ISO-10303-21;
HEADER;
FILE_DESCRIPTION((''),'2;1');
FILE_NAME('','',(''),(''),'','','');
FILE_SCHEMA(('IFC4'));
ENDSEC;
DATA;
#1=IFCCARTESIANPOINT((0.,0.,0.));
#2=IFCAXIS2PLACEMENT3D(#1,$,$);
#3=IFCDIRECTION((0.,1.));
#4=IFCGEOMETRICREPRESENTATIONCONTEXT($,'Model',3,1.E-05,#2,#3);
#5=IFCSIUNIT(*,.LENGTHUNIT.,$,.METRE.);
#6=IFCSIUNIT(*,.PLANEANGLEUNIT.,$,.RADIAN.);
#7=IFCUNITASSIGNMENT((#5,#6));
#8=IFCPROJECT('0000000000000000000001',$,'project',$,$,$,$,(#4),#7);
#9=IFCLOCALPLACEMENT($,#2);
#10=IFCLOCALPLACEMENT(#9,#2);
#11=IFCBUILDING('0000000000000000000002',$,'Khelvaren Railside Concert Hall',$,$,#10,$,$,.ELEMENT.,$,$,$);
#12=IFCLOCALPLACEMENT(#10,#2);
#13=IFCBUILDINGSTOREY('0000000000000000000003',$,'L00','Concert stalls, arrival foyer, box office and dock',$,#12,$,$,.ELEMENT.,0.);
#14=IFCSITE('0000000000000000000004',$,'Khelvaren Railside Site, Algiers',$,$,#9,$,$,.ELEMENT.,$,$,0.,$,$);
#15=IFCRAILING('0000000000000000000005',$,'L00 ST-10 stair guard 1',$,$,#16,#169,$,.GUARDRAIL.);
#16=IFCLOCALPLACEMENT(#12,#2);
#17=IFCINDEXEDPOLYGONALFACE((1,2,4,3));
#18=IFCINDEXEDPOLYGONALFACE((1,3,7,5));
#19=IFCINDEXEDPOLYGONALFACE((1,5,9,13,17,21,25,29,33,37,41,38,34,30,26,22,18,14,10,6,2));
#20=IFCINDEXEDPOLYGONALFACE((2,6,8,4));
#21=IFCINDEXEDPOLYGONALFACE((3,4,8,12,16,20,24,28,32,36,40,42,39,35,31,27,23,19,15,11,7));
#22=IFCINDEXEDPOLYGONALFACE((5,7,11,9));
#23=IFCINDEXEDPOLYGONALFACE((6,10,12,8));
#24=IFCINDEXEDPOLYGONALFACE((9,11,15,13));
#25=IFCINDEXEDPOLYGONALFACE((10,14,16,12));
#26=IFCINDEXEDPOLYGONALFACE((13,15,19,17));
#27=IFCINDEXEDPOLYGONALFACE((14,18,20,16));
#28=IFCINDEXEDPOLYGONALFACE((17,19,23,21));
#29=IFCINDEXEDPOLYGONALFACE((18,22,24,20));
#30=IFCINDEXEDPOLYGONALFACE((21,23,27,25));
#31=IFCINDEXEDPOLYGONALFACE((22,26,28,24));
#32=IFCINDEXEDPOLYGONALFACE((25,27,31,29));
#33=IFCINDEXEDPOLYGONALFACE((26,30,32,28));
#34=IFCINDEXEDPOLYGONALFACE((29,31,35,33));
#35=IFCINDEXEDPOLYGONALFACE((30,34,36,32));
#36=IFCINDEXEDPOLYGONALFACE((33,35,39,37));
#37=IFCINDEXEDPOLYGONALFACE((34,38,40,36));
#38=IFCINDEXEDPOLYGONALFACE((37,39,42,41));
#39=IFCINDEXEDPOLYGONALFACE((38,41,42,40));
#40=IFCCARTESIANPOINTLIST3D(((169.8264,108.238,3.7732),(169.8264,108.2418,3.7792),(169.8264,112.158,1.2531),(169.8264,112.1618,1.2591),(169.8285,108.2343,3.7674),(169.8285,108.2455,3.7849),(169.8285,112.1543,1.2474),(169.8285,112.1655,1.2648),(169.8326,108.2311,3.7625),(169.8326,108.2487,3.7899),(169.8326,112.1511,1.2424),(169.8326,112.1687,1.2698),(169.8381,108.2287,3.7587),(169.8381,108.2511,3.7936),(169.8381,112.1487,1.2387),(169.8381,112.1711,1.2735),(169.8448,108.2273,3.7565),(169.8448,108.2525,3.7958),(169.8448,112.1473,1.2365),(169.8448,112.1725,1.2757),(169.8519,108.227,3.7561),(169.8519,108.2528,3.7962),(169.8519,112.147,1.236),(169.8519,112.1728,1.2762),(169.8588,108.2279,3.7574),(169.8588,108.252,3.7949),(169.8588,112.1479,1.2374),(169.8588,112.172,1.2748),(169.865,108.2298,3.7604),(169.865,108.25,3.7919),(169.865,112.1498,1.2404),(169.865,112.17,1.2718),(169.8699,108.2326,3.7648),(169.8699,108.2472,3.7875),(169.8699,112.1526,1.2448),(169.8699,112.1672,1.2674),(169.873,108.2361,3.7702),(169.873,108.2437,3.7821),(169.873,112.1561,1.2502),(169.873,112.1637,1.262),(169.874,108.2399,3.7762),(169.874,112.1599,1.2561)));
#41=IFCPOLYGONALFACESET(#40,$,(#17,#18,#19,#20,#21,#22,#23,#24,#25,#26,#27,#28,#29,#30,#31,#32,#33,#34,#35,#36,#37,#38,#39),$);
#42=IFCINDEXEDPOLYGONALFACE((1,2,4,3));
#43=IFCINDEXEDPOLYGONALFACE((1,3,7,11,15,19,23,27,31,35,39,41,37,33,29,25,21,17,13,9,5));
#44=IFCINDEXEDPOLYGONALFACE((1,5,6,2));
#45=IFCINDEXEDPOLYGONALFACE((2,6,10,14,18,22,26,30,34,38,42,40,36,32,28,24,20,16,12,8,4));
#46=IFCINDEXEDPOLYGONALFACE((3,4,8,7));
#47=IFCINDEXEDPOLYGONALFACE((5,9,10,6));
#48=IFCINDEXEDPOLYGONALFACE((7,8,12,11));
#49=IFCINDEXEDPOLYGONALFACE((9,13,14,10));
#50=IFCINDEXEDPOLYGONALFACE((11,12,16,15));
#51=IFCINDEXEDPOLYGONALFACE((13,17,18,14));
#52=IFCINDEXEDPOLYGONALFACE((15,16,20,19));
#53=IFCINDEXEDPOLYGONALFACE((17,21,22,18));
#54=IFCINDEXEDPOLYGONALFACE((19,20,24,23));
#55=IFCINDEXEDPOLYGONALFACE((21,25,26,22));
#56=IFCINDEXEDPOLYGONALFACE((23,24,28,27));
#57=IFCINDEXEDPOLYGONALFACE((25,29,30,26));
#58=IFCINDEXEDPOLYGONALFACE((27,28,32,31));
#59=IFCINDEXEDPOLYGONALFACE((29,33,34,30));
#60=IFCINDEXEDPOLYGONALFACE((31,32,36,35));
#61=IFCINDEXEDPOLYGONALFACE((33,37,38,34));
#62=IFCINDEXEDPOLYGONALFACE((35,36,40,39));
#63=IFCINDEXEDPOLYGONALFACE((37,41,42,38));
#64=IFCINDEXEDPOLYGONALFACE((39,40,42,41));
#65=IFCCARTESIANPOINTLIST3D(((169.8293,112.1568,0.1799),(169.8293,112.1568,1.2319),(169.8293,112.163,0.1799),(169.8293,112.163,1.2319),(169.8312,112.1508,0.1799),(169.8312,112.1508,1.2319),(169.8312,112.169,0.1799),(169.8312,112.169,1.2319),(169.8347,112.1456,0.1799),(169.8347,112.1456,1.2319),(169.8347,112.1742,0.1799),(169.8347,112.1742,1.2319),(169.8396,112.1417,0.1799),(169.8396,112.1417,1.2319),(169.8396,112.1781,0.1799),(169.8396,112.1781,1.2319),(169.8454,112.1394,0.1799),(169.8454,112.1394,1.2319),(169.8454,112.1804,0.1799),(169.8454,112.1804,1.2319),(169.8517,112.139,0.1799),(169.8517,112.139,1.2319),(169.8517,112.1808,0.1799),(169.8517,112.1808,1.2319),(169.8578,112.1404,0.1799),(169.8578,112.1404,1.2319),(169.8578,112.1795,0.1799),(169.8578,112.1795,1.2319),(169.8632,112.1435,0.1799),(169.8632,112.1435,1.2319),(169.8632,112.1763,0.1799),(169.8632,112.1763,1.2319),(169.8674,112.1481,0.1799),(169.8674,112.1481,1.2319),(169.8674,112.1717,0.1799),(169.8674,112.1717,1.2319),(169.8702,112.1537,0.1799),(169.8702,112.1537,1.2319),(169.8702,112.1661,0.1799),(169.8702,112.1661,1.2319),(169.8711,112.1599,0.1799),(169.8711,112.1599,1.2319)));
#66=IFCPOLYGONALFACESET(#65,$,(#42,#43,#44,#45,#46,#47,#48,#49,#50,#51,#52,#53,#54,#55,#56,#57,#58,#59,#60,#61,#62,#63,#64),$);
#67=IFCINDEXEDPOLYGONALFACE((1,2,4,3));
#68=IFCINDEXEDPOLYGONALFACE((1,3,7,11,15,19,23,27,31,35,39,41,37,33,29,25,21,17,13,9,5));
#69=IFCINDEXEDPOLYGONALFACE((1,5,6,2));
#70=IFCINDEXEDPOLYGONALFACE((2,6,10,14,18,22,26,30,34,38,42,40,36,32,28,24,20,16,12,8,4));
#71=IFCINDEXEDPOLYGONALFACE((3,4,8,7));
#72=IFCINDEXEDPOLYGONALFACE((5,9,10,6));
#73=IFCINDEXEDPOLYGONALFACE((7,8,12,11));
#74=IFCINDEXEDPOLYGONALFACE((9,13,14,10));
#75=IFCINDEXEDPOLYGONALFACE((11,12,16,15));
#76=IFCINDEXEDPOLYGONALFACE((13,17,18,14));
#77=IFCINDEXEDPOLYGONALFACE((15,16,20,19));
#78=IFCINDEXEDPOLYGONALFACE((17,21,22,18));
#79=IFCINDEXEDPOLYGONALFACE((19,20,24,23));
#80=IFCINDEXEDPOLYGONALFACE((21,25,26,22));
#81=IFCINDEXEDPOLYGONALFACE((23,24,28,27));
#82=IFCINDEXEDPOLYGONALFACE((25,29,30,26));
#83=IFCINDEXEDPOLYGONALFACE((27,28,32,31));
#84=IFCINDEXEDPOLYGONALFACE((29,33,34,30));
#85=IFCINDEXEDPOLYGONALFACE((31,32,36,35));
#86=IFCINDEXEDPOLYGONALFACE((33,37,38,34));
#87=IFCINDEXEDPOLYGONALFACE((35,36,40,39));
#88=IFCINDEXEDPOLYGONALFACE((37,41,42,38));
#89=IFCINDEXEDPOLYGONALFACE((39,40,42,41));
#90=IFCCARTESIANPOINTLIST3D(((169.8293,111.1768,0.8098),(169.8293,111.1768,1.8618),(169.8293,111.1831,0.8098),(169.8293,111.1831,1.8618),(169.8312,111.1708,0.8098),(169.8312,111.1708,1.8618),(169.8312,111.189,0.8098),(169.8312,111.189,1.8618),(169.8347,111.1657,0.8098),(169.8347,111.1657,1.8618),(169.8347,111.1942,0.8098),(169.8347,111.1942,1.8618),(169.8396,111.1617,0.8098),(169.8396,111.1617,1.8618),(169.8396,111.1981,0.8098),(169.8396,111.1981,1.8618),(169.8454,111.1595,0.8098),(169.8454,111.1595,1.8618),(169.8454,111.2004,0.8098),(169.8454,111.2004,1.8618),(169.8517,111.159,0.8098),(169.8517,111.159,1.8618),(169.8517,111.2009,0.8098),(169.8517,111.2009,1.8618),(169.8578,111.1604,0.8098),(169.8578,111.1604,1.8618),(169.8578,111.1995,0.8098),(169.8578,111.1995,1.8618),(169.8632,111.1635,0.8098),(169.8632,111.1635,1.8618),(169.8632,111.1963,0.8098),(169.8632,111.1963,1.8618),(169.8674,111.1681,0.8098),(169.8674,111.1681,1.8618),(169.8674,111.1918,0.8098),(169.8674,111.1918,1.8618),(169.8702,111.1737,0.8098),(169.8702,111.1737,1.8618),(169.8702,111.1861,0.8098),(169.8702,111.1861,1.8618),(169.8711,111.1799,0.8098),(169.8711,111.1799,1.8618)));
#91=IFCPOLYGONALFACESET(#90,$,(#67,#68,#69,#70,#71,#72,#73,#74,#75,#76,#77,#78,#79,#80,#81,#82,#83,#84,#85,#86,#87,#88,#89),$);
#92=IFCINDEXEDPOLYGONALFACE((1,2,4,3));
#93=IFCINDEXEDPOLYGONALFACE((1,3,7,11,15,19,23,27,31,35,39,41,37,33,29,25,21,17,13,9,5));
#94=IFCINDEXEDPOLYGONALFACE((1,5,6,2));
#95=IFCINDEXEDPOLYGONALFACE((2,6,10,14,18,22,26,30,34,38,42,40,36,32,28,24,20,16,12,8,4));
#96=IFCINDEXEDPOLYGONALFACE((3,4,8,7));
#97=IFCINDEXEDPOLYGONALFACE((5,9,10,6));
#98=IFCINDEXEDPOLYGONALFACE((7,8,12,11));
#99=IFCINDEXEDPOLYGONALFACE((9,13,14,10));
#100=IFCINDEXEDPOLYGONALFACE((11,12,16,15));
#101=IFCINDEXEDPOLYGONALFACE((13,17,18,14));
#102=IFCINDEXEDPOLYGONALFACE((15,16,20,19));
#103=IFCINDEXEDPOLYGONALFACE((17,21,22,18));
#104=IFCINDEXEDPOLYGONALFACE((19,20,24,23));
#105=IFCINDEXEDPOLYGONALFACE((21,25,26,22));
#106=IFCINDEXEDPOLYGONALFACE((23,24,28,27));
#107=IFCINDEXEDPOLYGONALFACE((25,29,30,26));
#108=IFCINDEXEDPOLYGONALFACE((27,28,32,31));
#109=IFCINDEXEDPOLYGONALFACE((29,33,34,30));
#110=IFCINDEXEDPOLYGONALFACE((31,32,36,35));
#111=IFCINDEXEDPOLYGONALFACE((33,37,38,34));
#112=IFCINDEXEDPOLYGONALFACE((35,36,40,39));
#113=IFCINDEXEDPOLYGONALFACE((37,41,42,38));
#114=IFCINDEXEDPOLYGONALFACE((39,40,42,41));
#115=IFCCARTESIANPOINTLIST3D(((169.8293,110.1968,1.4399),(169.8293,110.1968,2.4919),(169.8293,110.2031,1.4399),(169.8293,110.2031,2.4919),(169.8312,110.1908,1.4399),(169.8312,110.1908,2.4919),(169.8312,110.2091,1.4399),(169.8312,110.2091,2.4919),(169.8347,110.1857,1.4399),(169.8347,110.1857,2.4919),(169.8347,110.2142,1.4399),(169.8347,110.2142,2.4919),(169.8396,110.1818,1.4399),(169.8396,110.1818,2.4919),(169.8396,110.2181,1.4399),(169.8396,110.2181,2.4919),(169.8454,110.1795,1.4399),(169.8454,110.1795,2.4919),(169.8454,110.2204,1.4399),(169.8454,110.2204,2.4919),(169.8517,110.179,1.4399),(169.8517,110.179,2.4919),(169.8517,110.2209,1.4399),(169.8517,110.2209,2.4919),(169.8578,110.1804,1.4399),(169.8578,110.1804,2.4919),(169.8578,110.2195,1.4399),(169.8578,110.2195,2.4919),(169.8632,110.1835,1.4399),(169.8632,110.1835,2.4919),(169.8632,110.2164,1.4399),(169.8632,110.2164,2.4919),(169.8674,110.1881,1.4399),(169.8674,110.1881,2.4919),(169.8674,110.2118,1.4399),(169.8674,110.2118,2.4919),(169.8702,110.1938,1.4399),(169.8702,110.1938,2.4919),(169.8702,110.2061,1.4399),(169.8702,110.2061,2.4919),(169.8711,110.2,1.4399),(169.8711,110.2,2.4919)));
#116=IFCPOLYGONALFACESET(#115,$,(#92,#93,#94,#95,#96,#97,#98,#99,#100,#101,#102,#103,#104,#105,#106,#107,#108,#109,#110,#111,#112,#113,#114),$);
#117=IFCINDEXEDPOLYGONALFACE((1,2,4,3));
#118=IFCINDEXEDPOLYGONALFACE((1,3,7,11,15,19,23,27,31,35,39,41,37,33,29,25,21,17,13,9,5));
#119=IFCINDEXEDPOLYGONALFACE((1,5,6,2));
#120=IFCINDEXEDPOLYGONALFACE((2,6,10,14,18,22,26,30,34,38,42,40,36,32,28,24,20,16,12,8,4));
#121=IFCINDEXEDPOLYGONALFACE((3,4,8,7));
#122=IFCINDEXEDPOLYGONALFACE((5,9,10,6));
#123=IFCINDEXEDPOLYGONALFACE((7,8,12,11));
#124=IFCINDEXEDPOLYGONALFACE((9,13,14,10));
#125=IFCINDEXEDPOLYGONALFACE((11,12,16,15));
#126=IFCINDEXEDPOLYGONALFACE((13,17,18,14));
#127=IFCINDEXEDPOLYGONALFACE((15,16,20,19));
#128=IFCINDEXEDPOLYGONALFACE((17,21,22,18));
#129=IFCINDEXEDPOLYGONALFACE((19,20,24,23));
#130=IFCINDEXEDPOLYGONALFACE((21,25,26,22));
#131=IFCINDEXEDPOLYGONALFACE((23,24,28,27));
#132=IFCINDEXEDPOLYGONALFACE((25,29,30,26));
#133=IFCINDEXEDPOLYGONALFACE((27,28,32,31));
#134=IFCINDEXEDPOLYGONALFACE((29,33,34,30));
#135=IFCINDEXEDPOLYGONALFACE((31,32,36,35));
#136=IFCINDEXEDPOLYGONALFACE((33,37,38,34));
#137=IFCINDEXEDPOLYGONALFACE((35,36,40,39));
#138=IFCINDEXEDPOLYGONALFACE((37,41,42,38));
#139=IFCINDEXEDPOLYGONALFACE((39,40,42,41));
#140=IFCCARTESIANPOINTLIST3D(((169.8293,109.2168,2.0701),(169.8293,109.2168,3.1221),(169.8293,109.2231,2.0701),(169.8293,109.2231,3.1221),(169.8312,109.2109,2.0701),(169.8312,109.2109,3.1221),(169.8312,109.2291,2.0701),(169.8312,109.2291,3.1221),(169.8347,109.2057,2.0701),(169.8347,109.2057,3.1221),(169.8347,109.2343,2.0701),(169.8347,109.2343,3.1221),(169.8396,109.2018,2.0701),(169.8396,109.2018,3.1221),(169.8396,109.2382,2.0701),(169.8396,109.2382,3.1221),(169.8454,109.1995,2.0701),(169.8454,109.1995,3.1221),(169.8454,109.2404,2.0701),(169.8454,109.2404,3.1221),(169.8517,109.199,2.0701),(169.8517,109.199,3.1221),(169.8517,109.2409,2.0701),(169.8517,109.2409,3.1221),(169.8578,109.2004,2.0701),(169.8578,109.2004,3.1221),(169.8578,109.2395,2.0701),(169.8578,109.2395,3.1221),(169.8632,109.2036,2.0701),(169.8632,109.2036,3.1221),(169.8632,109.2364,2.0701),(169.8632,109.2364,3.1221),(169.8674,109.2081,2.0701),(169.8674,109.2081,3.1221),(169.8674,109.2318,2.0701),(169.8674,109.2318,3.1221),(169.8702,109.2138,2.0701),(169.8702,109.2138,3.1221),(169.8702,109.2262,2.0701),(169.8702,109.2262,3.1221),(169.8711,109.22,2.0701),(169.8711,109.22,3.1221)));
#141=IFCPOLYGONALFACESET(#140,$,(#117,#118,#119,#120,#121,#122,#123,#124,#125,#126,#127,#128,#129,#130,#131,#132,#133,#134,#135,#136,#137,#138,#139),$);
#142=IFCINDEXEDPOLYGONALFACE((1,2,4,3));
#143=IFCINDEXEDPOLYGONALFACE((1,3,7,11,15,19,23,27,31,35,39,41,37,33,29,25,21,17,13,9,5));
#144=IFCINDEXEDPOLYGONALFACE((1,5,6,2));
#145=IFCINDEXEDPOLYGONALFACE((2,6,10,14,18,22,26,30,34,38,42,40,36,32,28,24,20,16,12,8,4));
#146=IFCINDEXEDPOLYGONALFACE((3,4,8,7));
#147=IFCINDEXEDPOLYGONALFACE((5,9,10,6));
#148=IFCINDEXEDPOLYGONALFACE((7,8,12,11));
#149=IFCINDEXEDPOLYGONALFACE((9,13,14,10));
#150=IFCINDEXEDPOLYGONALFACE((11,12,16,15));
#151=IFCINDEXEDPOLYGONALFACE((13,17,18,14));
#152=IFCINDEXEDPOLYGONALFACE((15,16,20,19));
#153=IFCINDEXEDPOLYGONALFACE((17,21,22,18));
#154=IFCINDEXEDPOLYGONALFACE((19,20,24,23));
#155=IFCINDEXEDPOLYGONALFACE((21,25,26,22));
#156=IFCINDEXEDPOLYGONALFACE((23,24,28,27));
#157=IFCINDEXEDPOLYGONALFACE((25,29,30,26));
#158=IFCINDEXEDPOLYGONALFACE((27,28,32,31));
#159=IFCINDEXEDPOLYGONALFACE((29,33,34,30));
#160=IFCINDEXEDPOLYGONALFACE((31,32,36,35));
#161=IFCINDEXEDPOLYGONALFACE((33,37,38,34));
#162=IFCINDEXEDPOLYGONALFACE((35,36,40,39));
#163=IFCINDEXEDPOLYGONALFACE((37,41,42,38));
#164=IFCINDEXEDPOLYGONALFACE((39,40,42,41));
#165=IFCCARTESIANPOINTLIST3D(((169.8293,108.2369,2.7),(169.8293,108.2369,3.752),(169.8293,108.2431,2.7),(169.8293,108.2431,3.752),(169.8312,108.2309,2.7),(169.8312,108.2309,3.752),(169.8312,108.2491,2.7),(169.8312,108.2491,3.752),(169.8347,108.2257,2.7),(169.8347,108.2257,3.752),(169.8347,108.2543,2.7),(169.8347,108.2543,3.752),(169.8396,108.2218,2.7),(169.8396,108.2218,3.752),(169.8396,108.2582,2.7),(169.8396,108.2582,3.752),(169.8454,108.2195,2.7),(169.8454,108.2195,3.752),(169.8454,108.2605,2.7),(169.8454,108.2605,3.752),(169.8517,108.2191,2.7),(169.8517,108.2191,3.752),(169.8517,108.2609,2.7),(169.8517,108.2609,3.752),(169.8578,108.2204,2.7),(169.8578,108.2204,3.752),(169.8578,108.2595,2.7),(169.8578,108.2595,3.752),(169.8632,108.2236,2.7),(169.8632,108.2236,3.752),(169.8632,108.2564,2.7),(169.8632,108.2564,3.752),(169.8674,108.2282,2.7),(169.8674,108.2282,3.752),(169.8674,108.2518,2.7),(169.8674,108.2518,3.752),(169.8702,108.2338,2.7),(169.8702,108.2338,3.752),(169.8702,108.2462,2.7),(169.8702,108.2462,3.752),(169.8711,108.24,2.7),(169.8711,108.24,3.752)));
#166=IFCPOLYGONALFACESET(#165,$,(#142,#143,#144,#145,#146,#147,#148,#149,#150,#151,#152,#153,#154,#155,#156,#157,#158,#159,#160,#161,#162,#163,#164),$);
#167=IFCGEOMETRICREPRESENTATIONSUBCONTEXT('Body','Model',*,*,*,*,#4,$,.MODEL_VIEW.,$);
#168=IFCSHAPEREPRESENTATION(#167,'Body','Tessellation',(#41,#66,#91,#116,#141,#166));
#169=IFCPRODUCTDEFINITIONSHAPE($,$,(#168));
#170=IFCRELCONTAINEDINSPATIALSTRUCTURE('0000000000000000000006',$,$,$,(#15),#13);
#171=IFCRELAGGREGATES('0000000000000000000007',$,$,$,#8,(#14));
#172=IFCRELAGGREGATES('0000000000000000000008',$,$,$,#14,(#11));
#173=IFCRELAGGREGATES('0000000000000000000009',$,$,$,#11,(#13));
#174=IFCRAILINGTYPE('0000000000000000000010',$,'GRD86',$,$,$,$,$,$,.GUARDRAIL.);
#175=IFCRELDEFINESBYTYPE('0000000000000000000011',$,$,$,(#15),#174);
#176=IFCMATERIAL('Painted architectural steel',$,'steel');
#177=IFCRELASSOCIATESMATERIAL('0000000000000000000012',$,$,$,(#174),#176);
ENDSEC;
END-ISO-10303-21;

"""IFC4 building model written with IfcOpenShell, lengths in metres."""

from ifc_helpers import new_model, si_unit, direction, frame, origin, origin_2d, place, context, subcontext, project, spatial, circle, extrude, material, type_object, element, save


model = new_model("IFC4")

# Units and contexts
model_context = context("Model", 3, precision=1e-05, world=origin(), true_north=direction((0.0, 1.0)))
body_context = subcontext(model_context, "Body", "Model", "MODEL_VIEW")
ifc_project = project(units=[si_unit("LENGTHUNIT", "METRE"), si_unit("PLANEANGLEUNIT", "RADIAN")], contexts=[model_context])

# Site, building, storey
site_placement = place(None, origin())
site = spatial("IfcSite", under=ifc_project, at=site_placement, Name="Khelvaren Railside Site, Algiers", CompositionType="ELEMENT", RefElevation=0.0)
building_placement = place(site_placement, origin())
building = spatial("IfcBuilding", under=site, at=building_placement, Name="Khelvaren Railside Concert Hall", CompositionType="ELEMENT")
storey_placement = place(building_placement, origin())
storey = spatial("IfcBuildingStorey", under=building, at=storey_placement, Name="L00", Description="Concert stalls, arrival foyer, box office and dock", CompositionType="ELEMENT", Elevation=0.0)

# Railing
ifc_material_1 = material(Name="Painted architectural steel", Category="steel")
railing_type_1 = type_object("IfcRailingType", Name="GRD86", PredefinedType="GUARDRAIL", material=ifc_material_1)
railing_1_placement = place(storey_placement, frame((169.8501, 112.1599, 0.1799)))
element("IfcRailing", 1, at=railing_1_placement, inside=storey, type_object=railing_type_1, Name="L00 ST-10 stair guard 1", PredefinedType="GUARDRAIL", context=body_context, shape_type="SweptSolid", body=[
    extrude(circle(Radius=0.0239, at=origin_2d()), frame((0.0, 0.0, 1.0762), z_axis=(0.0, -0.841172, 0.540768), x_axis=(1.0, 0.0, 0.0)), (0.0, 0.0, 1.0), 4.6602),
    extrude(circle(Radius=0.021, at=origin_2d()), origin(), (0.0, 0.0, 1.0), 1.052),
    extrude(circle(Radius=0.021, at=origin_2d()), frame((0.0, -0.98, 0.6299)), (0.0, 0.0, 1.0), 1.052),
    extrude(circle(Radius=0.021, at=origin_2d()), frame((0.0, -1.96, 1.26)), (0.0, 0.0, 1.0), 1.052),
    extrude(circle(Radius=0.021, at=origin_2d()), frame((0.0, -2.9399, 1.8901)), (0.0, 0.0, 1.0), 1.052),
    extrude(circle(Radius=0.021, at=origin_2d()), frame((0.0, -3.9199, 2.52)), (0.0, 0.0, 1.0), 1.052),
])

save(model, "model.ifc")
